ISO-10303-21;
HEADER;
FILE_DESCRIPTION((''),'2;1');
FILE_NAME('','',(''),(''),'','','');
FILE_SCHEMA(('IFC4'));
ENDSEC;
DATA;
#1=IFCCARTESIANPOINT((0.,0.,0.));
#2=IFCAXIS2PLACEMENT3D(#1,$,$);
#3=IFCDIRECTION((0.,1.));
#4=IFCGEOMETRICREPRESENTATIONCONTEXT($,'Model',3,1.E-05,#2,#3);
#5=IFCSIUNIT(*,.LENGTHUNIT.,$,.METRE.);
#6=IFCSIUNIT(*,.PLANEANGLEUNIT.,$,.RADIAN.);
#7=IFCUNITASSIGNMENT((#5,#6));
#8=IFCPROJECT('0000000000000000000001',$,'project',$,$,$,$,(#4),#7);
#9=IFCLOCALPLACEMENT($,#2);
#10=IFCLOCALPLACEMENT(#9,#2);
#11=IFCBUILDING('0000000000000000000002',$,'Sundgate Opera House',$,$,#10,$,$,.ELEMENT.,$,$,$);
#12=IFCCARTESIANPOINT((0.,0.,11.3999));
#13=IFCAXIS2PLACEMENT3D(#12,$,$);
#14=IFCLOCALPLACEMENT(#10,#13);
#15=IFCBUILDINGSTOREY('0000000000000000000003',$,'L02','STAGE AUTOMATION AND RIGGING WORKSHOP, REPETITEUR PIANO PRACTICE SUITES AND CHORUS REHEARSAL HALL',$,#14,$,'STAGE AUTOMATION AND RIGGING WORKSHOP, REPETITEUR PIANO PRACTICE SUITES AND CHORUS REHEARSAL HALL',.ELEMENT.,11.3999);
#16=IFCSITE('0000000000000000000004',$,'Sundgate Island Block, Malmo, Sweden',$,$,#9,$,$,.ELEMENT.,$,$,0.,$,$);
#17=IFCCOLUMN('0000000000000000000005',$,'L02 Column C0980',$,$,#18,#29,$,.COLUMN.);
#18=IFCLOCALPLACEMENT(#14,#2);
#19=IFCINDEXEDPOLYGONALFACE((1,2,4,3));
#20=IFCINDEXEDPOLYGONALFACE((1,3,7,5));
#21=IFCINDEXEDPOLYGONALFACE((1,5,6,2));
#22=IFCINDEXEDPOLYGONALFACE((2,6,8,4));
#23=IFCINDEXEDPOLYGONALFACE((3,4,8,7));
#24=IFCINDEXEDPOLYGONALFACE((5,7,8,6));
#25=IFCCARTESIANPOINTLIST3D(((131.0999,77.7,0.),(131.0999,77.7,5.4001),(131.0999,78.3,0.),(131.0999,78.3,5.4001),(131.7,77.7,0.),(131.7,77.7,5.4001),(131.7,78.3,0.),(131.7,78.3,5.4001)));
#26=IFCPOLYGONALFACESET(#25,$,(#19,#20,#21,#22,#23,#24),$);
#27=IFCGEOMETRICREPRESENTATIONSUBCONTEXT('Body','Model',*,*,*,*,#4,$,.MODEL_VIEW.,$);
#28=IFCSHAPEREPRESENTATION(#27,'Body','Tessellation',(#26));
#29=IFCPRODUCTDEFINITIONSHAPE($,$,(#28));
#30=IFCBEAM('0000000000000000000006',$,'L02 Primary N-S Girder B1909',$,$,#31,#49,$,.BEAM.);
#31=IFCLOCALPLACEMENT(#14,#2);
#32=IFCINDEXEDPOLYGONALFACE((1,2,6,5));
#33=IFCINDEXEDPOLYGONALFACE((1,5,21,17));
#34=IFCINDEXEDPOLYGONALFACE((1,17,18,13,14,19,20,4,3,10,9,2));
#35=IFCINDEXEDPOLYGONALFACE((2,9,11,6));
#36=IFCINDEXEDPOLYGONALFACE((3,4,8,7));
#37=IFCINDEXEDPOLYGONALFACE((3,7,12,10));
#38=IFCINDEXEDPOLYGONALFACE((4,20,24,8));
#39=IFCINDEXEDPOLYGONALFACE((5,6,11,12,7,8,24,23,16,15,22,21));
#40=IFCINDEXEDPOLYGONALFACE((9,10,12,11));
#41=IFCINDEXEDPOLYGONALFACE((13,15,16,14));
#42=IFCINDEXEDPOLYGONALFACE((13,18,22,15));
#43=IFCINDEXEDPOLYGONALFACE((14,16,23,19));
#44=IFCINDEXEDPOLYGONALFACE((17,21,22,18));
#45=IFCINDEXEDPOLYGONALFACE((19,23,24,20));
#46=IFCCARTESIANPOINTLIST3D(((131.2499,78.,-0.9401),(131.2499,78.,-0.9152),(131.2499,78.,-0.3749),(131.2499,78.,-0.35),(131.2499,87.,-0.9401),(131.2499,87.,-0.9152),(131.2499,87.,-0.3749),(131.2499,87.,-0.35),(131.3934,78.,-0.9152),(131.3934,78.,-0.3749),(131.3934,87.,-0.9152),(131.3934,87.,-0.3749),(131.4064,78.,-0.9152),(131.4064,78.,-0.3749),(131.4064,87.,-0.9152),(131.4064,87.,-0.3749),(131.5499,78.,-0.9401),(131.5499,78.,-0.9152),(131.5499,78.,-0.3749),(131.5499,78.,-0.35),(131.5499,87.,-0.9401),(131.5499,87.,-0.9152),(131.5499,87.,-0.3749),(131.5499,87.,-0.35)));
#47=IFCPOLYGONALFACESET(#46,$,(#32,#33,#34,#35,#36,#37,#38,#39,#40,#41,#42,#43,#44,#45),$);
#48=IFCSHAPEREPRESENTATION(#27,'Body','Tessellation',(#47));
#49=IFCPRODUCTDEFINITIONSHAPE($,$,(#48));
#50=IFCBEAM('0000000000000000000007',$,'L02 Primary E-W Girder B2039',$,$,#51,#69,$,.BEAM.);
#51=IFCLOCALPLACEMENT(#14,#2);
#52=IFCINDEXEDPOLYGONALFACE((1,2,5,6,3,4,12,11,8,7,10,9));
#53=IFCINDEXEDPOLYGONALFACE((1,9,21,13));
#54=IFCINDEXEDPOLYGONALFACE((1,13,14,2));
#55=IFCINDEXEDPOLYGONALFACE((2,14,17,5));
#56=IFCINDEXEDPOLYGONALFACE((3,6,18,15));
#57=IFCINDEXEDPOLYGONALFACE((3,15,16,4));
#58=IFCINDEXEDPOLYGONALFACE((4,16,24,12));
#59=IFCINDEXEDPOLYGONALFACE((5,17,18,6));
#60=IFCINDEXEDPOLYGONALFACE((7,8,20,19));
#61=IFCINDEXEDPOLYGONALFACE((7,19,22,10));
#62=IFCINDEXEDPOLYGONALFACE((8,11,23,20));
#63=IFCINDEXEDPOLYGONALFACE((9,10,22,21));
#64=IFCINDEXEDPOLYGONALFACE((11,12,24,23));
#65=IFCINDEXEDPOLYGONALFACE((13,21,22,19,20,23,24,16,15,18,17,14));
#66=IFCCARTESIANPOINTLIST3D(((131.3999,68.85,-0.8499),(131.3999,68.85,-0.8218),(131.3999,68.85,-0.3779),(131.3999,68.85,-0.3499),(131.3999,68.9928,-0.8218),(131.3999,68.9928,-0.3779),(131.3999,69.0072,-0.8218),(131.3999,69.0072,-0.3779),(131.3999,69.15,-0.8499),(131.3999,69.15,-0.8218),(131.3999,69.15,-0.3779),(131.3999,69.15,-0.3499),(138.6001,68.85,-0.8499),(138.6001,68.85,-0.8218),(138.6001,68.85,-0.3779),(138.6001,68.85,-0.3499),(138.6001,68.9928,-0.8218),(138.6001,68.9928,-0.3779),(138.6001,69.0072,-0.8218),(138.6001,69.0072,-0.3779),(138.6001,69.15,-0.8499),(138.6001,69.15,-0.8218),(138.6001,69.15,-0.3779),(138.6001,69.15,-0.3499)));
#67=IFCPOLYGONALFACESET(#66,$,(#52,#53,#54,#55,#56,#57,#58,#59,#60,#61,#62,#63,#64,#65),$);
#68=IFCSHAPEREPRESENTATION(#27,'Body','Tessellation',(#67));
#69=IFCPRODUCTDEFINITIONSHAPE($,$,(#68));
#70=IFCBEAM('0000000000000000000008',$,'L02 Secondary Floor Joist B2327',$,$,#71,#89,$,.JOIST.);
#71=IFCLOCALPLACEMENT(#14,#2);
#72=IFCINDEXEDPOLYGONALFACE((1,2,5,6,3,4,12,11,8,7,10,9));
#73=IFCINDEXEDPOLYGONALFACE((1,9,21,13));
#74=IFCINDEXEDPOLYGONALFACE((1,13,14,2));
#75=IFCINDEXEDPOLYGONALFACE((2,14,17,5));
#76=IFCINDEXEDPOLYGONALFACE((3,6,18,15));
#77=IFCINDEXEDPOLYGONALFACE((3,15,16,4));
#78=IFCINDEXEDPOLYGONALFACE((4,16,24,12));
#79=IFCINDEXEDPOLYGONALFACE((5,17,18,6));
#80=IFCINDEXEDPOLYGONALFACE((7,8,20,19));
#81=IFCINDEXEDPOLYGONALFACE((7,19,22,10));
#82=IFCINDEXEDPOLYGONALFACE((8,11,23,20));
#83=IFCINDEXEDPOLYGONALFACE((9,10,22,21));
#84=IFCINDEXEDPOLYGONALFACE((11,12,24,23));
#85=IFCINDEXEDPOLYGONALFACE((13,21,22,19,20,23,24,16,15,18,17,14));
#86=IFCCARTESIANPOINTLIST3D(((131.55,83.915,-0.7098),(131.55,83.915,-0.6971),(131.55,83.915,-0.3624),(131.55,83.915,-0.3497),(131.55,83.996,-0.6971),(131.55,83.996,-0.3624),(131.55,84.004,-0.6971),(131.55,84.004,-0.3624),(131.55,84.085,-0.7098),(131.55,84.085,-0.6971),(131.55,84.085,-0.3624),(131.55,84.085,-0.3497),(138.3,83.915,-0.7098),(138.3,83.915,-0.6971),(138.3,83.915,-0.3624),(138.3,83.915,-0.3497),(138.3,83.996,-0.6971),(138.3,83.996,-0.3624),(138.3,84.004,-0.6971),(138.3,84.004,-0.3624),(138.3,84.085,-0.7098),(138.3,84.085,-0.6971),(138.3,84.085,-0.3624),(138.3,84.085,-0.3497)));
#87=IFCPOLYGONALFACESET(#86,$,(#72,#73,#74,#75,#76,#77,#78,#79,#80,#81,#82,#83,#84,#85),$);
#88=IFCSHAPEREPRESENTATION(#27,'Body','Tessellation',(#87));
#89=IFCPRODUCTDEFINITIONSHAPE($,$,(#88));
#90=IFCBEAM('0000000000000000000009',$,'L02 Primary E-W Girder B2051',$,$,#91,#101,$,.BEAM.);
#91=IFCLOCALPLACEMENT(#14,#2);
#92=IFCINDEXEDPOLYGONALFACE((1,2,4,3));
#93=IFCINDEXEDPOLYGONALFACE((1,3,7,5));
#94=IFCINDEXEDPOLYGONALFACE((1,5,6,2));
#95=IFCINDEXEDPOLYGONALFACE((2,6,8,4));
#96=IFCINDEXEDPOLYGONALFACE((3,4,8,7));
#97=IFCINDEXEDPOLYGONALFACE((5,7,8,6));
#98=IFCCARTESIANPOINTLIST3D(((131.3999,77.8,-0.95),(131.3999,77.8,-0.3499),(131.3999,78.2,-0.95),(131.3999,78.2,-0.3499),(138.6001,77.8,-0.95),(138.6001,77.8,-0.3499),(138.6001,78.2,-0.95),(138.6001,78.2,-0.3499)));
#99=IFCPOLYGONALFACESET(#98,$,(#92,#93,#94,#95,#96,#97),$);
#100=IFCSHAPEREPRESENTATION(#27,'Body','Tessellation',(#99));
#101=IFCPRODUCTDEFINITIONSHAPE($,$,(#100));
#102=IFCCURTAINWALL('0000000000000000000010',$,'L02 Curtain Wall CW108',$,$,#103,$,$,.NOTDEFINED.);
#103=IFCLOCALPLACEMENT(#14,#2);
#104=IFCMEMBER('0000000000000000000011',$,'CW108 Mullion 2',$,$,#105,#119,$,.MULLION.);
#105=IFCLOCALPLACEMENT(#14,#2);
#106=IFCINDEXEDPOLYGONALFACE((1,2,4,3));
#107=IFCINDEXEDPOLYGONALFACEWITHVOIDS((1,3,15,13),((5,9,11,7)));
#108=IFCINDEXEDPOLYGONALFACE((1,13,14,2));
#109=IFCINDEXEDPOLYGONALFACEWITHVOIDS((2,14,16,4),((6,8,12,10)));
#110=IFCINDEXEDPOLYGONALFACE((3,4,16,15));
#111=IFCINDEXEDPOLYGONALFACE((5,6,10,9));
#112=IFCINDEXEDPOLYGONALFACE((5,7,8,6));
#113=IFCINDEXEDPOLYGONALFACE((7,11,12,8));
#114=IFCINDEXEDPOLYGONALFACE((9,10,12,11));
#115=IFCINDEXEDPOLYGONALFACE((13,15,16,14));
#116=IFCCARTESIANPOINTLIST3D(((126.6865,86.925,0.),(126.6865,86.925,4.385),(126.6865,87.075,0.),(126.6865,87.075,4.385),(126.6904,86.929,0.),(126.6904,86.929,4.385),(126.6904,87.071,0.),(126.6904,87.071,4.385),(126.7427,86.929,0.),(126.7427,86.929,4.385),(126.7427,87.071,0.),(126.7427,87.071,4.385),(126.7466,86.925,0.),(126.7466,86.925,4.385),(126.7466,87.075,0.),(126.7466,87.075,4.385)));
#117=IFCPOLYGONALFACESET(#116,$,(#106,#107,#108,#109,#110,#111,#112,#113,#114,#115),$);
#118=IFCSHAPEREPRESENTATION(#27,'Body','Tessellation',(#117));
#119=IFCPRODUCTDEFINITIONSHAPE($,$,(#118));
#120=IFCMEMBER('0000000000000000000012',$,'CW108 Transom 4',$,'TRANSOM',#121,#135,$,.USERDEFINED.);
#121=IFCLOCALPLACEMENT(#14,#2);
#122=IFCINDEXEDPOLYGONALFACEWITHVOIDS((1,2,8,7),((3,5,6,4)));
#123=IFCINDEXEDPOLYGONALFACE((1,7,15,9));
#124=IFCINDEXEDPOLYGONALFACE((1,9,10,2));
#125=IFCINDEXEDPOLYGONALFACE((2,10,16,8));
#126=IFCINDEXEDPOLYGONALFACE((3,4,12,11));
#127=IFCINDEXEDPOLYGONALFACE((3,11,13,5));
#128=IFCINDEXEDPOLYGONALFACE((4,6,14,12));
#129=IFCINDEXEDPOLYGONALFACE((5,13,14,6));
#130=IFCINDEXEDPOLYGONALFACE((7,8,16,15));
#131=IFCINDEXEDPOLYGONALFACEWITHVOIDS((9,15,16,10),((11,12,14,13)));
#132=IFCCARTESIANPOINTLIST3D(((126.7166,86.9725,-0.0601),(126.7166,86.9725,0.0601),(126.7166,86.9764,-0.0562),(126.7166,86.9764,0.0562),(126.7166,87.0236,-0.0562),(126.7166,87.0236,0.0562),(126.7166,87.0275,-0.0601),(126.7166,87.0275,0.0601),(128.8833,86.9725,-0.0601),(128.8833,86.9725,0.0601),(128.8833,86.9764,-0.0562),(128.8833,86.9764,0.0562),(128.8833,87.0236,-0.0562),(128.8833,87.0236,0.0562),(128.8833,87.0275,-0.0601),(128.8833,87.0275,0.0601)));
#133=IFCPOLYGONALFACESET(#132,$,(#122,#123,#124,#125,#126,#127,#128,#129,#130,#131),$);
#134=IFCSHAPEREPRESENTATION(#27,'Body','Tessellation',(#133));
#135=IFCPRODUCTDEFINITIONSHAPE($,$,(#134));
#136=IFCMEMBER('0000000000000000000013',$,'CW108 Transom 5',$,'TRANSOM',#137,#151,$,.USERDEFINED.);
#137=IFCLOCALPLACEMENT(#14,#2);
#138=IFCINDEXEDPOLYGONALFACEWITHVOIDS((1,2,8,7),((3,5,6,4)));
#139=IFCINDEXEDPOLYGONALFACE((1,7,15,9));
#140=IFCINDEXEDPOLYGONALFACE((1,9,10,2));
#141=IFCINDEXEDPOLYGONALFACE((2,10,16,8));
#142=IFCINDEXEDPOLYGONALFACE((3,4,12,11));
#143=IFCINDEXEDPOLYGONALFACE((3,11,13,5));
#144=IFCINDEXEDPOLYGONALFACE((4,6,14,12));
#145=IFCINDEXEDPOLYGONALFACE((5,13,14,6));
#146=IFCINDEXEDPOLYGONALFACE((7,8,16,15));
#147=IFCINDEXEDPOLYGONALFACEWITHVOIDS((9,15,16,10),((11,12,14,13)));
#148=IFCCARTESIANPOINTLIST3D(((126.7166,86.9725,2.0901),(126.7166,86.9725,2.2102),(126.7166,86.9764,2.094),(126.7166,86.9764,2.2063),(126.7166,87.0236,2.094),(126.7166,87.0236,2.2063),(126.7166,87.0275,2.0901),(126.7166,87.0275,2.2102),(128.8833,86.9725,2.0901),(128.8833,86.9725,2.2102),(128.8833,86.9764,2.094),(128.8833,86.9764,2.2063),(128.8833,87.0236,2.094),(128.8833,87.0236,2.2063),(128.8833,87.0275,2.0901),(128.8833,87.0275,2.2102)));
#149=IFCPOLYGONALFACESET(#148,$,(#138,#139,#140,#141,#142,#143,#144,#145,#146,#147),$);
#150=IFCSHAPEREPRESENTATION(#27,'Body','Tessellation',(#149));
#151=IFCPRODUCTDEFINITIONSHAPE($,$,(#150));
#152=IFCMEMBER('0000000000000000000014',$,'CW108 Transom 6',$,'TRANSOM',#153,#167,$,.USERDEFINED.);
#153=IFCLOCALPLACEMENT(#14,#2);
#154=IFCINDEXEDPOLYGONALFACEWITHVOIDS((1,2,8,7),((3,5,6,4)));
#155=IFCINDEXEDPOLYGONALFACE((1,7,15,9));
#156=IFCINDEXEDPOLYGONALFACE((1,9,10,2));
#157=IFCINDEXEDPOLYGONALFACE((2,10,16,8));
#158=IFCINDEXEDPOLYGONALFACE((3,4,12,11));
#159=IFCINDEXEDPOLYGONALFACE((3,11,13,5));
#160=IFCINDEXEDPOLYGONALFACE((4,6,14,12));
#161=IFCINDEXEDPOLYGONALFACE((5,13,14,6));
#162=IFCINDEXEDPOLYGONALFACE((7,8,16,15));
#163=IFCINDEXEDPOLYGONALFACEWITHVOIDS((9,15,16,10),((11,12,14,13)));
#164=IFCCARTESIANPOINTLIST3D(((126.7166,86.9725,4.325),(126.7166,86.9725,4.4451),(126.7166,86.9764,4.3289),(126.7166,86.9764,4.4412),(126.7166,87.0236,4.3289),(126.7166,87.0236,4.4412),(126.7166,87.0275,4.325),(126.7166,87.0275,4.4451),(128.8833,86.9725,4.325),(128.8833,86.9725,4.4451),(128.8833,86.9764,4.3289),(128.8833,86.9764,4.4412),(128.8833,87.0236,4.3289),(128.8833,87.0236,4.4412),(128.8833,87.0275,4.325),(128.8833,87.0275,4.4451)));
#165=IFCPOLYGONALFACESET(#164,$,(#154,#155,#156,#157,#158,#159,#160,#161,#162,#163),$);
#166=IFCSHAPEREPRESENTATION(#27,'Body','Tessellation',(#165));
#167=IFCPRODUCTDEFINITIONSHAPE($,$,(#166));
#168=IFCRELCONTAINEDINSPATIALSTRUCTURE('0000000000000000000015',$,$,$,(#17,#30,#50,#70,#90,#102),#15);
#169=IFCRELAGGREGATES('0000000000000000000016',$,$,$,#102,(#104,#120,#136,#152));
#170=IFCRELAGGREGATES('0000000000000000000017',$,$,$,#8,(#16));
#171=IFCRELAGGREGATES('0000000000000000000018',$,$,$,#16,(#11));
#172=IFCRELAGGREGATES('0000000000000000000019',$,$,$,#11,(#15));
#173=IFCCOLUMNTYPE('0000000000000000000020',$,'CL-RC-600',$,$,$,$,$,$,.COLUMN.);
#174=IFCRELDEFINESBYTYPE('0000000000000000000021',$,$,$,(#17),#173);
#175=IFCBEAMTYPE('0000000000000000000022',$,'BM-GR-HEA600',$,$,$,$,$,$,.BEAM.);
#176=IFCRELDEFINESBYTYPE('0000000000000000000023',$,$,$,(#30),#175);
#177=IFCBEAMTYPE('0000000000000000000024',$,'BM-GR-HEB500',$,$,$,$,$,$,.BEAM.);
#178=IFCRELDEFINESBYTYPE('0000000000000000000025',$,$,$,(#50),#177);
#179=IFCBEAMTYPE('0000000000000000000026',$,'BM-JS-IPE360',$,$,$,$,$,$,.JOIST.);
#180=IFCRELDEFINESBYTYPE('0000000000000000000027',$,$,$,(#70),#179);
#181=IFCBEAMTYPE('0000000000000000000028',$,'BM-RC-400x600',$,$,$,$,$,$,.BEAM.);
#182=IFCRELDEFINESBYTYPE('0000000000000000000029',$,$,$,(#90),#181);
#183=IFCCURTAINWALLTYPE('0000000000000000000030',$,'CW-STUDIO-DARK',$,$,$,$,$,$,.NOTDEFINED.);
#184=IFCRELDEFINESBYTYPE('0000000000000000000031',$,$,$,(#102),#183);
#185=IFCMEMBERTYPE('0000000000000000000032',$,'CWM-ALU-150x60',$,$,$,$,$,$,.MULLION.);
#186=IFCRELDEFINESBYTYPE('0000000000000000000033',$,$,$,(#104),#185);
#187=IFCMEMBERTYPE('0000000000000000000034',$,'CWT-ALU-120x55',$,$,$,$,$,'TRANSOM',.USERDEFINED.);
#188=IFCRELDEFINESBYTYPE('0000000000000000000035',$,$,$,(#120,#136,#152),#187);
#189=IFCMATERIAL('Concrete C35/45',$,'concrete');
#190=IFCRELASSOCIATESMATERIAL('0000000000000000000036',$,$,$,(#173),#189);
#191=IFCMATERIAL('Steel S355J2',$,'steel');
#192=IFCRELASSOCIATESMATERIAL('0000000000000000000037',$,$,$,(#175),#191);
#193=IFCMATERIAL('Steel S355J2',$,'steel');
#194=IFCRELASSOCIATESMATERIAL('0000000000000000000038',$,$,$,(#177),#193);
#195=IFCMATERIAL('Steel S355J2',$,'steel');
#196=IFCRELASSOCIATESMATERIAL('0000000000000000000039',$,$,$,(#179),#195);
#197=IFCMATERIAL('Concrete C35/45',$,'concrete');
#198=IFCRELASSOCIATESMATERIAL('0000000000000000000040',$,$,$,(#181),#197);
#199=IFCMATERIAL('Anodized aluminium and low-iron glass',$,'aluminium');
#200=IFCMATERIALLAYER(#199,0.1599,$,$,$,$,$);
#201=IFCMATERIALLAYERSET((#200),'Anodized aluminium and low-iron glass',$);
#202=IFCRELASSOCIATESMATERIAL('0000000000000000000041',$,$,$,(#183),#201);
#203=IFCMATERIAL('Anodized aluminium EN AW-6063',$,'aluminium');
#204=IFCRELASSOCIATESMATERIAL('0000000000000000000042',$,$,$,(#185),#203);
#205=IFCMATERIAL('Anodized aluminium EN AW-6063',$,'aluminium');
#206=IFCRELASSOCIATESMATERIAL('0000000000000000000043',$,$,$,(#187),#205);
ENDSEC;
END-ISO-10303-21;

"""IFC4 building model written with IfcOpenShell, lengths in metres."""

from ifc_helpers import new_model, si_unit, direction, frame, origin, origin_2d, place, context, subcontext, project, spatial, rectangle, hollow_rectangle, i_section, extrude, material, layer, layer_set, material_profile, profile_set, type_object, element, aggregate, save


model = new_model("IFC4")

# Units and contexts
model_context = context("Model", 3, precision=1e-05, world=origin(), true_north=direction((0.0, 1.0)))
body_context = subcontext(model_context, "Body", "Model", "MODEL_VIEW")
ifc_project = project(units=[si_unit("LENGTHUNIT", "METRE"), si_unit("PLANEANGLEUNIT", "RADIAN")], contexts=[model_context])

# Site, building, storey
site_placement = place(None, origin())
site = spatial("IfcSite", under=ifc_project, at=site_placement, Name="Sundgate Island Block, Malmo, Sweden", CompositionType="ELEMENT", RefElevation=0.0)
building_placement = place(site_placement, origin())
building = spatial("IfcBuilding", under=site, at=building_placement, Name="Sundgate Opera House", CompositionType="ELEMENT")
storey_placement = place(building_placement, frame((0.0, 0.0, 11.3999)))
storey = spatial("IfcBuildingStorey", under=building, at=storey_placement, Name="L02", Description="STAGE AUTOMATION AND RIGGING WORKSHOP, REPETITEUR PIANO PRACTICE SUITES AND CHORUS REHEARSAL HALL", LongName="STAGE AUTOMATION AND RIGGING WORKSHOP, REPETITEUR PIANO PRACTICE SUITES AND CHORUS REHEARSAL HALL", CompositionType="ELEMENT", Elevation=11.3999)

# Column
ifc_material_1 = material(Name="Concrete C35/45", Category="concrete")
ifc_material_profile_1 = material_profile(ifc_material_1, rectangle(XDim=0.6001, YDim=0.6001, at=origin_2d()), Name="RC 600x600")
ifc_profile_set_1 = profile_set([ifc_material_profile_1], Name="Concrete C35/45")
column_type = type_object("IfcColumnType", Name="CL-RC-600", PredefinedType="COLUMN", material=ifc_profile_set_1)
column_placement = place(storey_placement, frame((131.3999, 78.0, 0.0), z_axis=(0.0, 0.0, 1.0), x_axis=(1.0, 0.0, 0.0)))
element("IfcColumn", 1, at=column_placement, inside=storey, type_object=column_type, Name="L02 Column C0980", PredefinedType="COLUMN", context=body_context, shape_type="SweptSolid", body=[
    extrude(rectangle(XDim=0.6001, YDim=0.6001, at=origin_2d()), origin(), (0.0, 0.0, 1.0), 5.4001),
])

# Beams
ifc_material_2 = material(Name="Steel S355J2", Category="steel")
ifc_material_profile_2 = material_profile(ifc_material_2, i_section(OverallWidth=0.3, OverallDepth=0.5901, WebThickness=0.0129, FlangeThickness=0.0249, at=origin_2d()), Name="HEA 600")
ifc_profile_set_2 = profile_set([ifc_material_profile_2], Name="Steel S355J2")
beam_type_1 = type_object("IfcBeamType", Name="BM-GR-HEA600", PredefinedType="BEAM", material=ifc_profile_set_2)
beam_1_placement = place(storey_placement, frame((131.3999, 78.0, -0.645), z_axis=(0.0, 1.0, 0.0), x_axis=(-1.0, 0.0, 0.0)))
element("IfcBeam", 2, at=beam_1_placement, inside=storey, type_object=beam_type_1, Name="L02 Primary N-S Girder B1909", PredefinedType="BEAM", context=body_context, shape_type="SweptSolid", body=[
    extrude(i_section(OverallWidth=0.3, OverallDepth=0.5901, WebThickness=0.0129, FlangeThickness=0.0249, at=origin_2d()), origin(), (0.0, 0.0, 1.0), 9.0),
])
ifc_material_3 = material(Name="Steel S355J2", Category="steel")
ifc_material_profile_3 = material_profile(ifc_material_3, i_section(OverallWidth=0.3, OverallDepth=0.5, WebThickness=0.0144, FlangeThickness=0.0281, at=origin_2d()), Name="HEB 500")
ifc_profile_set_3 = profile_set([ifc_material_profile_3], Name="Steel S355J2")
beam_type_2 = type_object("IfcBeamType", Name="BM-GR-HEB500", PredefinedType="BEAM", material=ifc_profile_set_3)
beam_2_placement = place(storey_placement, frame((131.3999, 69.0, -0.5999), z_axis=(1.0, 0.0, 0.0), x_axis=(0.0, 1.0, 0.0)))
element("IfcBeam", 3, at=beam_2_placement, inside=storey, type_object=beam_type_2, Name="L02 Primary E-W Girder B2039", PredefinedType="BEAM", context=body_context, shape_type="SweptSolid", body=[
    extrude(i_section(OverallWidth=0.3, OverallDepth=0.5, WebThickness=0.0144, FlangeThickness=0.0281, at=origin_2d()), origin(), (0.0, 0.0, 1.0), 7.2002),
])
ifc_material_4 = material(Name="Steel S355J2", Category="steel")
ifc_material_profile_4 = material_profile(ifc_material_4, i_section(OverallWidth=0.1699, OverallDepth=0.3601, WebThickness=0.0081, FlangeThickness=0.0127, at=origin_2d()), Name="IPE 360")
ifc_profile_set_4 = profile_set([ifc_material_profile_4], Name="Steel S355J2")
beam_type_3 = type_object("IfcBeamType", Name="BM-JS-IPE360", PredefinedType="JOIST", material=ifc_profile_set_4)
beam_3_placement = place(storey_placement, frame((131.55, 84.0, -0.5298), z_axis=(1.0, 0.0, 0.0), x_axis=(0.0, 1.0, 0.0)))
element("IfcBeam", 4, at=beam_3_placement, inside=storey, type_object=beam_type_3, Name="L02 Secondary Floor Joist B2327", PredefinedType="JOIST", context=body_context, shape_type="SweptSolid", body=[
    extrude(i_section(OverallWidth=0.1699, OverallDepth=0.3601, WebThickness=0.0081, FlangeThickness=0.0127, at=origin_2d()), origin(), (0.0, 0.0, 1.0), 6.75),
])
ifc_material_5 = material(Name="Concrete C35/45", Category="concrete")
ifc_material_profile_5 = material_profile(ifc_material_5, rectangle(XDim=0.3999, YDim=0.6001, at=origin_2d()), Name="RC 400x600")
ifc_profile_set_5 = profile_set([ifc_material_profile_5], Name="Concrete C35/45")
beam_type_4 = type_object("IfcBeamType", Name="BM-RC-400x600", PredefinedType="BEAM", material=ifc_profile_set_5)
beam_4_placement = place(storey_placement, frame((131.3999, 78.0, -0.6499), z_axis=(1.0, 0.0, 0.0), x_axis=(0.0, 1.0, 0.0)))
element("IfcBeam", 5, at=beam_4_placement, inside=storey, type_object=beam_type_4, Name="L02 Primary E-W Girder B2051", PredefinedType="BEAM", context=body_context, shape_type="SweptSolid", body=[
    extrude(rectangle(XDim=0.3999, YDim=0.6001, at=origin_2d()), origin(), (0.0, 0.0, 1.0), 7.2002),
])

# Curtain wall, members
ifc_material_6 = material(Name="Anodized aluminium and low-iron glass", Category="aluminium")
ifc_layer_1 = layer(ifc_material_6, 0.1599)
ifc_layer_set_1 = layer_set([ifc_layer_1], Name="Anodized aluminium and low-iron glass")
curtain_wall_type = type_object("IfcCurtainWallType", Name="CW-STUDIO-DARK", PredefinedType="NOTDEFINED", material=ifc_layer_set_1)
curtain_wall_placement = place(storey_placement, origin())
curtain_wall = element("IfcCurtainWall", 6, at=curtain_wall_placement, inside=storey, type_object=curtain_wall_type, Name="L02 Curtain Wall CW108", PredefinedType="NOTDEFINED")
ifc_material_7 = material(Name="Anodized aluminium EN AW-6063", Category="aluminium")
ifc_material_profile_6 = material_profile(ifc_material_7, hollow_rectangle(XDim=0.0601, YDim=0.1499, WallThickness=0.0039, at=origin_2d()), Name="CWM 150x60x4")
ifc_profile_set_6 = profile_set([ifc_material_profile_6], Name="Anodized aluminium EN AW-6063")
member_type_1 = type_object("IfcMemberType", Name="CWM-ALU-150x60", PredefinedType="MULLION", material=ifc_profile_set_6)
member_1_placement = place(storey_placement, frame((126.7166, 87.0, 0.0), z_axis=(0.0, 0.0, 1.0), x_axis=(1.0, 0.0, 0.0)))
member_1 = element("IfcMember", 7, at=member_1_placement, type_object=member_type_1, Name="CW108 Mullion 2", PredefinedType="MULLION", context=body_context, shape_type="SweptSolid", body=[
    extrude(hollow_rectangle(XDim=0.0601, YDim=0.1499, WallThickness=0.0039, at=origin_2d()), origin(), (0.0, 0.0, 1.0), 4.385),
])
ifc_material_8 = material(Name="Anodized aluminium EN AW-6063", Category="aluminium")
ifc_material_profile_7 = material_profile(ifc_material_8, hollow_rectangle(XDim=0.0549, YDim=0.1201, WallThickness=0.0039, at=origin_2d()), Name="CWT 120x55x4")
ifc_profile_set_7 = profile_set([ifc_material_profile_7], Name="Anodized aluminium EN AW-6063")
member_type_2 = type_object("IfcMemberType", Name="CWT-ALU-120x55", ElementType="TRANSOM", PredefinedType="USERDEFINED", material=ifc_profile_set_7)
member_2_placement = place(storey_placement, frame((126.7166, 87.0, 0.0), z_axis=(1.0, 0.0, 0.0), x_axis=(0.0, 1.0, 0.0)))
member_2 = element("IfcMember", 8, at=member_2_placement, type_object=member_type_2, Name="CW108 Transom 4", ObjectType="TRANSOM", PredefinedType="USERDEFINED", context=body_context, shape_type="SweptSolid", body=[
    extrude(hollow_rectangle(XDim=0.0549, YDim=0.1201, WallThickness=0.0039, at=origin_2d()), origin(), (0.0, 0.0, 1.0), 2.1667),
])
member_3_placement = place(storey_placement, frame((126.7166, 87.0, 2.1501), z_axis=(1.0, 0.0, 0.0), x_axis=(0.0, 1.0, 0.0)))
member_3 = element("IfcMember", 9, at=member_3_placement, type_object=member_type_2, Name="CW108 Transom 5", ObjectType="TRANSOM", PredefinedType="USERDEFINED", context=body_context, shape_type="SweptSolid", body=[
    extrude(hollow_rectangle(XDim=0.0549, YDim=0.1201, WallThickness=0.0039, at=origin_2d()), origin(), (0.0, 0.0, 1.0), 2.1667),
])
member_4_placement = place(storey_placement, frame((126.7166, 87.0, 4.385), z_axis=(1.0, 0.0, 0.0), x_axis=(0.0, 1.0, 0.0)))
member_4 = element("IfcMember", 10, at=member_4_placement, type_object=member_type_2, Name="CW108 Transom 6", ObjectType="TRANSOM", PredefinedType="USERDEFINED", context=body_context, shape_type="SweptSolid", body=[
    extrude(hollow_rectangle(XDim=0.0549, YDim=0.1201, WallThickness=0.0039, at=origin_2d()), origin(), (0.0, 0.0, 1.0), 2.1667),
])
aggregate(curtain_wall, [member_1, member_2, member_3, member_4])

save(model, "model.ifc")
